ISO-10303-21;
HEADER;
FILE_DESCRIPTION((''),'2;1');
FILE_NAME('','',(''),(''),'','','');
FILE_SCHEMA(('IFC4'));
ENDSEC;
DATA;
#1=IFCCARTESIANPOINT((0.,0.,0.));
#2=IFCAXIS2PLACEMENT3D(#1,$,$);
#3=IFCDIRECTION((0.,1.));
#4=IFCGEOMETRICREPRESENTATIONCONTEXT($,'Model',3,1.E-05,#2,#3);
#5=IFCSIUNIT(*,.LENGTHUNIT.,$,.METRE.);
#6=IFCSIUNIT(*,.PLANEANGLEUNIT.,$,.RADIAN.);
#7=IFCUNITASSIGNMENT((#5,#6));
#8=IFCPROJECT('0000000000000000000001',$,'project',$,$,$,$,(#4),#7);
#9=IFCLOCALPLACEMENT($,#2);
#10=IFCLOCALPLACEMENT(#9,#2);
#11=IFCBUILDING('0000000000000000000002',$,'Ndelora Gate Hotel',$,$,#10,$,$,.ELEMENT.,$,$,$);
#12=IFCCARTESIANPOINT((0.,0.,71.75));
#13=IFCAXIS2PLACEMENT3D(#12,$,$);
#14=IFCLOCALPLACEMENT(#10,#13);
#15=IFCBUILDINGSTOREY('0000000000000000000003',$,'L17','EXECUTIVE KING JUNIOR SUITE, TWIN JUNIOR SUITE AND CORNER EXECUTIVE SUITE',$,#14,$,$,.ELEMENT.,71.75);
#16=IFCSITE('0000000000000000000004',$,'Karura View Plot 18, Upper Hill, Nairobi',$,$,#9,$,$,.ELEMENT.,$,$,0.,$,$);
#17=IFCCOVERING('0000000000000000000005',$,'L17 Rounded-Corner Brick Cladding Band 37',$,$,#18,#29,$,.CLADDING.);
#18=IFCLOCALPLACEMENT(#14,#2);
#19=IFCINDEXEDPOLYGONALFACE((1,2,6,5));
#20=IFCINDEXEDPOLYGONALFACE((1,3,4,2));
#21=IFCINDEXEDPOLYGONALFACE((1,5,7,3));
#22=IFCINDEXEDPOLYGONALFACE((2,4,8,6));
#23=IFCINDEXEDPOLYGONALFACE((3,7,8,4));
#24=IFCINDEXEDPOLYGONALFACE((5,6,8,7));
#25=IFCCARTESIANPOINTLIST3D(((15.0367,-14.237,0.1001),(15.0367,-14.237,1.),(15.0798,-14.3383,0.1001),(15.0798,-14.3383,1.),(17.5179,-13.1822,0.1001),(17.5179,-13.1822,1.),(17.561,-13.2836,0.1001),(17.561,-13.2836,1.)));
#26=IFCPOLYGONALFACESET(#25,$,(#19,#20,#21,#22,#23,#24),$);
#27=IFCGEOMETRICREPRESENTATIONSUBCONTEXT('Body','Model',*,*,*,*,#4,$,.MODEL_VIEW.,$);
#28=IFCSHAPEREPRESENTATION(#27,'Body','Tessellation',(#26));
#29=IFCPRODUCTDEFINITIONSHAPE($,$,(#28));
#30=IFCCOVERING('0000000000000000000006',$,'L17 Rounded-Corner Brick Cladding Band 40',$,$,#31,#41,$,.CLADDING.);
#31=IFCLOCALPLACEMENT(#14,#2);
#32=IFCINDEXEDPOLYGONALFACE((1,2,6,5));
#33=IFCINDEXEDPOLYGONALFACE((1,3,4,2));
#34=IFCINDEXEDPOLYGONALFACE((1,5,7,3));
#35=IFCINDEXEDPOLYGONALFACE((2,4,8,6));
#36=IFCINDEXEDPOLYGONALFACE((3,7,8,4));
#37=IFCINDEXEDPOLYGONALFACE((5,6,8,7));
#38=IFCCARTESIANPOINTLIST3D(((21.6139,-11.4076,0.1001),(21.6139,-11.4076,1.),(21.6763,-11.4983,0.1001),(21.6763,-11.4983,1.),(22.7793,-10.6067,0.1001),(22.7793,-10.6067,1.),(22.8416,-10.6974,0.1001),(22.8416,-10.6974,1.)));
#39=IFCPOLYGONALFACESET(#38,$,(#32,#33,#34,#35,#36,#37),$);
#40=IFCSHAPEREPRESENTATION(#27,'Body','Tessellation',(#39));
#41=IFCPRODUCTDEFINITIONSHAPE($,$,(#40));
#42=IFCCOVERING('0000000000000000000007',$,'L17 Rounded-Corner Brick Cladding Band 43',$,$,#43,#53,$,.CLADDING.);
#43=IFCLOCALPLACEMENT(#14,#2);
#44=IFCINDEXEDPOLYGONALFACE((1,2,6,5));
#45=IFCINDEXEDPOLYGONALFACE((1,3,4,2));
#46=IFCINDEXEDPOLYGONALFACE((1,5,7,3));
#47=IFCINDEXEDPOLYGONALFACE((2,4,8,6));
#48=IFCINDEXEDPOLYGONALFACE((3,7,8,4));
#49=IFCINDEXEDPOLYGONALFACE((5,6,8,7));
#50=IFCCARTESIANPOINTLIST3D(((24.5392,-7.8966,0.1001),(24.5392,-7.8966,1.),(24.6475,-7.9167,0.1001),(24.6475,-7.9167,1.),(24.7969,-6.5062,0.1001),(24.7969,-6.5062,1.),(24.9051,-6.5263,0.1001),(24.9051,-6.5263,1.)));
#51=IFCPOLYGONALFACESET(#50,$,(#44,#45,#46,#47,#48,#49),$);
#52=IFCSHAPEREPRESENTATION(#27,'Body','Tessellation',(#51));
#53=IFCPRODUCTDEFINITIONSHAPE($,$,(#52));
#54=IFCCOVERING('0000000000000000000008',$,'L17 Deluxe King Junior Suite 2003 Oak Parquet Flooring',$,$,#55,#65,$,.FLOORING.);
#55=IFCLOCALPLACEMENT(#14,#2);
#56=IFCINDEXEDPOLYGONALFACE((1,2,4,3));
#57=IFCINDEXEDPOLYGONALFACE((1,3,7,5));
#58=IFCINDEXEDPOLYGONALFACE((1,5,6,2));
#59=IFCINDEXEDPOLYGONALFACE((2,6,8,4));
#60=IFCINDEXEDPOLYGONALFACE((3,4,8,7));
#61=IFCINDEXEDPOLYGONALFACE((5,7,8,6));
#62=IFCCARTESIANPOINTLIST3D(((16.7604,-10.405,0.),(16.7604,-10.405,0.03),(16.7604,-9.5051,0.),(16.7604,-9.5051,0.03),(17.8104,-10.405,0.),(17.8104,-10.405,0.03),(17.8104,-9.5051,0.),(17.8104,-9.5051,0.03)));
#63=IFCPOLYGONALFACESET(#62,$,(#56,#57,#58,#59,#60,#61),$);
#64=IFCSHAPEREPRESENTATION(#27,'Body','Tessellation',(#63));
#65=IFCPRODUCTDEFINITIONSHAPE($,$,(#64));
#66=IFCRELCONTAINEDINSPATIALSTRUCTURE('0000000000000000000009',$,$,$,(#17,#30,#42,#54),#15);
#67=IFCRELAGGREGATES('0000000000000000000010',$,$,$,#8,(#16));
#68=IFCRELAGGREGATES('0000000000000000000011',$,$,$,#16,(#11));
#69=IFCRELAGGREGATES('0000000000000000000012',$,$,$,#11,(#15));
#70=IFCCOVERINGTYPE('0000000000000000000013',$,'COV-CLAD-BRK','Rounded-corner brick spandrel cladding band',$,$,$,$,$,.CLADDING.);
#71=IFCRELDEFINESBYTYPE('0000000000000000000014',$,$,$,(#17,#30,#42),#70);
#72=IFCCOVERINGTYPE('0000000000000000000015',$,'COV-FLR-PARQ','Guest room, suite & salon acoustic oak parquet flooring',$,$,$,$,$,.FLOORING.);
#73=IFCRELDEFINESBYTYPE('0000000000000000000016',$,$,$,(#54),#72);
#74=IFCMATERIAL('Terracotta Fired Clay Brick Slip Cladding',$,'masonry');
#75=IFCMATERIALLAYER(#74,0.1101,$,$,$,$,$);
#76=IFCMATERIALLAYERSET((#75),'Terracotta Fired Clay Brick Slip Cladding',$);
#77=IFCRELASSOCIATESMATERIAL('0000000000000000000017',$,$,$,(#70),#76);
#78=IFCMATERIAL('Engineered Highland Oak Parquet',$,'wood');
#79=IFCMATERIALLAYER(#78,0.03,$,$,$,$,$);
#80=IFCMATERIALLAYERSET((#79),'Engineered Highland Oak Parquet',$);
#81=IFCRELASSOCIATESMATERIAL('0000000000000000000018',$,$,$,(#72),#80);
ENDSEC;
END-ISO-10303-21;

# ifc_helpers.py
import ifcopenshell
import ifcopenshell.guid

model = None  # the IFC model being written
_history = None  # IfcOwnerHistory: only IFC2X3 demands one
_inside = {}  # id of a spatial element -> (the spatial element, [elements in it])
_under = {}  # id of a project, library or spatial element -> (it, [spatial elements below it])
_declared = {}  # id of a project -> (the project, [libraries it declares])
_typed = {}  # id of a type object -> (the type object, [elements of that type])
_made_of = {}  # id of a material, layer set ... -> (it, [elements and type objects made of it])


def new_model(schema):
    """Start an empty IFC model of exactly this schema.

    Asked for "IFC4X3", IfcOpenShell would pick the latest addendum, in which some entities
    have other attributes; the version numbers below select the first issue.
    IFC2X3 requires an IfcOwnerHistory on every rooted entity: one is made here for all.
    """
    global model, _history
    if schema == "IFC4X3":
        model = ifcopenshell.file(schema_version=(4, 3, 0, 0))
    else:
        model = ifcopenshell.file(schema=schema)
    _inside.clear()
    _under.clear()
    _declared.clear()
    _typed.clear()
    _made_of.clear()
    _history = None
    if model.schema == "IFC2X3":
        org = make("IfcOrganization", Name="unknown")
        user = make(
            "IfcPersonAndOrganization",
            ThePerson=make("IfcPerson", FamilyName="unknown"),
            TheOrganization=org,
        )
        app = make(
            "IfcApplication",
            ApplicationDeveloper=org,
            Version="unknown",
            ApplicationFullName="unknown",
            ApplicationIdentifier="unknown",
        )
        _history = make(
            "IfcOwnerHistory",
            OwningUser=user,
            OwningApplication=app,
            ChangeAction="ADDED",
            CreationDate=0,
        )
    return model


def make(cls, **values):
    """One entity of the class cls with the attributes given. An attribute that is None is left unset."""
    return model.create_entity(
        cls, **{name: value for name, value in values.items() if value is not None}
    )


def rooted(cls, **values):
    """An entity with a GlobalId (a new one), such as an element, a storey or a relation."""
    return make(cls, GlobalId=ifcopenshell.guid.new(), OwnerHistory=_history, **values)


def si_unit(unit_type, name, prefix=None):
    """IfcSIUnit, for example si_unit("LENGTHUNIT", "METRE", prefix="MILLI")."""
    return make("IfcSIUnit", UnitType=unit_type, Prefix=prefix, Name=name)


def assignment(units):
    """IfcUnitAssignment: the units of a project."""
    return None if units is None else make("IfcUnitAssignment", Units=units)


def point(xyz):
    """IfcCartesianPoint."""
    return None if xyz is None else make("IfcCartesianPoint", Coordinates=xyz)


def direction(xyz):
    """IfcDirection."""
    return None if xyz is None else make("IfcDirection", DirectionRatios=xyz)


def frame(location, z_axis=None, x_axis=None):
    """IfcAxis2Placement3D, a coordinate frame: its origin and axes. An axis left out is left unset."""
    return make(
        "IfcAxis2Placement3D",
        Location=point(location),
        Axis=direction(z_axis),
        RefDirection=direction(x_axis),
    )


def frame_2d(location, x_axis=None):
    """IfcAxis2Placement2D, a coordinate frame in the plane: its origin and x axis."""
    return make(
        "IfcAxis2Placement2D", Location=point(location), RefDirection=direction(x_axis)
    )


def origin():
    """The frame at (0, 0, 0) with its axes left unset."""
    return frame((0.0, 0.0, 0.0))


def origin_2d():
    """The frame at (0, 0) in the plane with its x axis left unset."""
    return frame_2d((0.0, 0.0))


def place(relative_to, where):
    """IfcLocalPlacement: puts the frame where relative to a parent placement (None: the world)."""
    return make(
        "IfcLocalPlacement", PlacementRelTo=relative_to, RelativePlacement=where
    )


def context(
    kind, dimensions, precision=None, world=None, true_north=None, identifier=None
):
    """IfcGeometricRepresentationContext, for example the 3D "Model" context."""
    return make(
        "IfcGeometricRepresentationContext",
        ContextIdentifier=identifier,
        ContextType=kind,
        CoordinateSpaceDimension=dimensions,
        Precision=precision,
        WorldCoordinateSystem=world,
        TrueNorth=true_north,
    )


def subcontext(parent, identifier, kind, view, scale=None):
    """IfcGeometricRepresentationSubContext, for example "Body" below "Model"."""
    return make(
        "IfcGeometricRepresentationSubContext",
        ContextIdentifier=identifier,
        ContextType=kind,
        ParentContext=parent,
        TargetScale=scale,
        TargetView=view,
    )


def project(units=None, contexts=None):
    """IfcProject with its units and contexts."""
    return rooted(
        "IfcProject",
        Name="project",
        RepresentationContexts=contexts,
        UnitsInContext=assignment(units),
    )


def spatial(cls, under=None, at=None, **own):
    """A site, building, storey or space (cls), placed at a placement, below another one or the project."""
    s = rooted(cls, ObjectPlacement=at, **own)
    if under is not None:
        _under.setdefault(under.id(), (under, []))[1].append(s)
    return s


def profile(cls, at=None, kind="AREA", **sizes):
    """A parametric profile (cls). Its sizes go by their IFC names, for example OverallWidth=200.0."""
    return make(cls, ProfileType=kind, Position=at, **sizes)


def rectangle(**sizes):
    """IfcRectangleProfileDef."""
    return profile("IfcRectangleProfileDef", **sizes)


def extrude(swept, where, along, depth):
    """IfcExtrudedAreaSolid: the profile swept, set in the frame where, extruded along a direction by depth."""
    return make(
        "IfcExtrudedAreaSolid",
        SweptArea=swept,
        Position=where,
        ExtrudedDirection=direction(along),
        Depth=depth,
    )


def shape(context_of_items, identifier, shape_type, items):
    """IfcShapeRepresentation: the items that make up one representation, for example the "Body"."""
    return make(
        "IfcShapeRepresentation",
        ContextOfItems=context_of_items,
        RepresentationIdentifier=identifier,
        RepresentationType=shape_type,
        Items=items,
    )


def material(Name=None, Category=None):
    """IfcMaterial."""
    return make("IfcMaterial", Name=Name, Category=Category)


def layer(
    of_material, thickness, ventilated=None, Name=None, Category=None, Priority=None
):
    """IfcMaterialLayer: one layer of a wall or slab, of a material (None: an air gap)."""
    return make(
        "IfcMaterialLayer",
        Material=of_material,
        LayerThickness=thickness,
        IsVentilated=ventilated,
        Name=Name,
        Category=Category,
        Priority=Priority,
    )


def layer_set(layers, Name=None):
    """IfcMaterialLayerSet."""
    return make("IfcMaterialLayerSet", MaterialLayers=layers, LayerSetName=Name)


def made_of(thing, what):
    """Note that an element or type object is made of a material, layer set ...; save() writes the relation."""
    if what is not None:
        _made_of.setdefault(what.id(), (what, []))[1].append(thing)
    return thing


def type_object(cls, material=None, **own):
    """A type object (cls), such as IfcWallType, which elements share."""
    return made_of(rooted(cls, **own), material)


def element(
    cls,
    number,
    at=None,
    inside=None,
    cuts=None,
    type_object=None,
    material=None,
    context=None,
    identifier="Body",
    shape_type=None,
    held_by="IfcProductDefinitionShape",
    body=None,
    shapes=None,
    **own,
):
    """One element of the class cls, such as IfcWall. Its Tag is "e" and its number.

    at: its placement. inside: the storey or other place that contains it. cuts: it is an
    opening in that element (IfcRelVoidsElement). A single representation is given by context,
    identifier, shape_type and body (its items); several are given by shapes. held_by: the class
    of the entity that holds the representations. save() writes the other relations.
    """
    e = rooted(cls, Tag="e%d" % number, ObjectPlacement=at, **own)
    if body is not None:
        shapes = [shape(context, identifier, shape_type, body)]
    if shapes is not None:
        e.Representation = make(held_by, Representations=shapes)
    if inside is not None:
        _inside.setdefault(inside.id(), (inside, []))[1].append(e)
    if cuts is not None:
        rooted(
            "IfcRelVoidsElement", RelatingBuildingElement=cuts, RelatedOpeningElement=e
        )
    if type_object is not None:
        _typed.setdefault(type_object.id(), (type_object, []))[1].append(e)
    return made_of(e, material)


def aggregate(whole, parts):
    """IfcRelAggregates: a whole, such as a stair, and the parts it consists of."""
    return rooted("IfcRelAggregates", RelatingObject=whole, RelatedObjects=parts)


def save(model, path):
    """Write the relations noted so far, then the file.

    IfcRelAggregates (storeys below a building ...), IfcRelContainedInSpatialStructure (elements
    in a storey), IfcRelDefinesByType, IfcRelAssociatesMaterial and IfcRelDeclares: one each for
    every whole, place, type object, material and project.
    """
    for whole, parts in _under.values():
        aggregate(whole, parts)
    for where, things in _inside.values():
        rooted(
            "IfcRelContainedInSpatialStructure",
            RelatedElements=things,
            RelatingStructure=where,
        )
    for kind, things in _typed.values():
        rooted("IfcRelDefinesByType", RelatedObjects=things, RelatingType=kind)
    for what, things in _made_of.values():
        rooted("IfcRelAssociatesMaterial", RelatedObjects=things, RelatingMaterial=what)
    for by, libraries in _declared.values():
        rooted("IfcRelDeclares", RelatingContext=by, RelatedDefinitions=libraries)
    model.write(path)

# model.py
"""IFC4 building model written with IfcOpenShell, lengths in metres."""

from ifc_helpers import new_model, si_unit, direction, frame, origin, origin_2d, place, context, subcontext, project, spatial, rectangle, extrude, material, layer, layer_set, type_object, element, save


model = new_model("IFC4")

# Units and contexts
model_context = context("Model", 3, precision=1e-05, world=origin(), true_north=direction((0.0, 1.0)))
body_context = subcontext(model_context, "Body", "Model", "MODEL_VIEW")
ifc_project = project(units=[si_unit("LENGTHUNIT", "METRE"), si_unit("PLANEANGLEUNIT", "RADIAN")], contexts=[model_context])

# Site, building, storey
site_placement = place(None, origin())
site = spatial("IfcSite", under=ifc_project, at=site_placement, Name="Karura View Plot 18, Upper Hill, Nairobi", CompositionType="ELEMENT", RefElevation=0.0)
building_placement = place(site_placement, origin())
building = spatial("IfcBuilding", under=site, at=building_placement, Name="Ndelora Gate Hotel", CompositionType="ELEMENT")
storey_placement = place(building_placement, frame((0.0, 0.0, 71.75)))
storey = spatial("IfcBuildingStorey", under=building, at=storey_placement, Name="L17", Description="EXECUTIVE KING JUNIOR SUITE, TWIN JUNIOR SUITE AND CORNER EXECUTIVE SUITE", CompositionType="ELEMENT", Elevation=71.75)

# Coverings
ifc_material_1 = material(Name="Terracotta Fired Clay Brick Slip Cladding", Category="masonry")
ifc_layer_1 = layer(ifc_material_1, 0.1101)
ifc_layer_set_1 = layer_set([ifc_layer_1], Name="Terracotta Fired Clay Brick Slip Cladding")
covering_type_1 = type_object("IfcCoveringType", Name="COV-CLAD-BRK", Description="Rounded-corner brick spandrel cladding band", PredefinedType="CLADDING", material=ifc_layer_set_1)
covering_1_placement = place(storey_placement, frame((16.2988, -13.7603, 0.1001), z_axis=(0.0, 0.0, 1.0), x_axis=(0.9203, 0.391213, 0.0)))
element("IfcCovering", 1, at=covering_1_placement, inside=storey, type_object=covering_type_1, Name="L17 Rounded-Corner Brick Cladding Band 37", PredefinedType="CLADDING", context=body_context, shape_type="SweptSolid", body=[
    extrude(rectangle(XDim=2.696, YDim=0.1101, at=origin_2d()), origin(), (0.0, 0.0, 1.0), 0.8999),
])
for number, where, z_axis, x_axis, name in (
    (2, (22.2278, -11.0525, 0.1001), (0.0, 0.0, 1.0), (0.824126, 0.566406, 0.0), "L17 Rounded-Corner Brick Cladding Band 40"),
    (3, (24.7222, -7.2114, 0.1001), (0.0, 0.0, 1.0), (0.182236, 0.983255, 0.0), "L17 Rounded-Corner Brick Cladding Band 43"),
):
    element("IfcCovering", number, at=place(storey_placement, frame(where, z_axis=z_axis, x_axis=x_axis)), inside=storey, type_object=covering_type_1, Name=name, PredefinedType="CLADDING", context=body_context, shape_type="SweptSolid", body=[
        extrude(rectangle(XDim=1.4141, YDim=0.1101, at=origin_2d()), origin(), (0.0, 0.0, 1.0), 0.8999),
    ])
ifc_material_2 = material(Name="Engineered Highland Oak Parquet", Category="wood")
ifc_layer_2 = layer(ifc_material_2, 0.03)
ifc_layer_set_2 = layer_set([ifc_layer_2], Name="Engineered Highland Oak Parquet")
covering_type_2 = type_object("IfcCoveringType", Name="COV-FLR-PARQ", Description="Guest room, suite & salon acoustic oak parquet flooring", PredefinedType="FLOORING", material=ifc_layer_set_2)
covering_2_placement = place(storey_placement, frame((17.2854, -9.9551, 0.0), z_axis=(0.0, 0.0, 1.0), x_axis=(1.0, 0.0, 0.0)))
element("IfcCovering", 4, at=covering_2_placement, inside=storey, type_object=covering_type_2, Name="L17 Deluxe King Junior Suite 2003 Oak Parquet Flooring", PredefinedType="FLOORING", context=body_context, shape_type="SweptSolid", body=[
    extrude(rectangle(XDim=1.05, YDim=0.8999, at=origin_2d()), origin(), (0.0, 0.0, 1.0), 0.03),
])

save(model, "model.ifc")
